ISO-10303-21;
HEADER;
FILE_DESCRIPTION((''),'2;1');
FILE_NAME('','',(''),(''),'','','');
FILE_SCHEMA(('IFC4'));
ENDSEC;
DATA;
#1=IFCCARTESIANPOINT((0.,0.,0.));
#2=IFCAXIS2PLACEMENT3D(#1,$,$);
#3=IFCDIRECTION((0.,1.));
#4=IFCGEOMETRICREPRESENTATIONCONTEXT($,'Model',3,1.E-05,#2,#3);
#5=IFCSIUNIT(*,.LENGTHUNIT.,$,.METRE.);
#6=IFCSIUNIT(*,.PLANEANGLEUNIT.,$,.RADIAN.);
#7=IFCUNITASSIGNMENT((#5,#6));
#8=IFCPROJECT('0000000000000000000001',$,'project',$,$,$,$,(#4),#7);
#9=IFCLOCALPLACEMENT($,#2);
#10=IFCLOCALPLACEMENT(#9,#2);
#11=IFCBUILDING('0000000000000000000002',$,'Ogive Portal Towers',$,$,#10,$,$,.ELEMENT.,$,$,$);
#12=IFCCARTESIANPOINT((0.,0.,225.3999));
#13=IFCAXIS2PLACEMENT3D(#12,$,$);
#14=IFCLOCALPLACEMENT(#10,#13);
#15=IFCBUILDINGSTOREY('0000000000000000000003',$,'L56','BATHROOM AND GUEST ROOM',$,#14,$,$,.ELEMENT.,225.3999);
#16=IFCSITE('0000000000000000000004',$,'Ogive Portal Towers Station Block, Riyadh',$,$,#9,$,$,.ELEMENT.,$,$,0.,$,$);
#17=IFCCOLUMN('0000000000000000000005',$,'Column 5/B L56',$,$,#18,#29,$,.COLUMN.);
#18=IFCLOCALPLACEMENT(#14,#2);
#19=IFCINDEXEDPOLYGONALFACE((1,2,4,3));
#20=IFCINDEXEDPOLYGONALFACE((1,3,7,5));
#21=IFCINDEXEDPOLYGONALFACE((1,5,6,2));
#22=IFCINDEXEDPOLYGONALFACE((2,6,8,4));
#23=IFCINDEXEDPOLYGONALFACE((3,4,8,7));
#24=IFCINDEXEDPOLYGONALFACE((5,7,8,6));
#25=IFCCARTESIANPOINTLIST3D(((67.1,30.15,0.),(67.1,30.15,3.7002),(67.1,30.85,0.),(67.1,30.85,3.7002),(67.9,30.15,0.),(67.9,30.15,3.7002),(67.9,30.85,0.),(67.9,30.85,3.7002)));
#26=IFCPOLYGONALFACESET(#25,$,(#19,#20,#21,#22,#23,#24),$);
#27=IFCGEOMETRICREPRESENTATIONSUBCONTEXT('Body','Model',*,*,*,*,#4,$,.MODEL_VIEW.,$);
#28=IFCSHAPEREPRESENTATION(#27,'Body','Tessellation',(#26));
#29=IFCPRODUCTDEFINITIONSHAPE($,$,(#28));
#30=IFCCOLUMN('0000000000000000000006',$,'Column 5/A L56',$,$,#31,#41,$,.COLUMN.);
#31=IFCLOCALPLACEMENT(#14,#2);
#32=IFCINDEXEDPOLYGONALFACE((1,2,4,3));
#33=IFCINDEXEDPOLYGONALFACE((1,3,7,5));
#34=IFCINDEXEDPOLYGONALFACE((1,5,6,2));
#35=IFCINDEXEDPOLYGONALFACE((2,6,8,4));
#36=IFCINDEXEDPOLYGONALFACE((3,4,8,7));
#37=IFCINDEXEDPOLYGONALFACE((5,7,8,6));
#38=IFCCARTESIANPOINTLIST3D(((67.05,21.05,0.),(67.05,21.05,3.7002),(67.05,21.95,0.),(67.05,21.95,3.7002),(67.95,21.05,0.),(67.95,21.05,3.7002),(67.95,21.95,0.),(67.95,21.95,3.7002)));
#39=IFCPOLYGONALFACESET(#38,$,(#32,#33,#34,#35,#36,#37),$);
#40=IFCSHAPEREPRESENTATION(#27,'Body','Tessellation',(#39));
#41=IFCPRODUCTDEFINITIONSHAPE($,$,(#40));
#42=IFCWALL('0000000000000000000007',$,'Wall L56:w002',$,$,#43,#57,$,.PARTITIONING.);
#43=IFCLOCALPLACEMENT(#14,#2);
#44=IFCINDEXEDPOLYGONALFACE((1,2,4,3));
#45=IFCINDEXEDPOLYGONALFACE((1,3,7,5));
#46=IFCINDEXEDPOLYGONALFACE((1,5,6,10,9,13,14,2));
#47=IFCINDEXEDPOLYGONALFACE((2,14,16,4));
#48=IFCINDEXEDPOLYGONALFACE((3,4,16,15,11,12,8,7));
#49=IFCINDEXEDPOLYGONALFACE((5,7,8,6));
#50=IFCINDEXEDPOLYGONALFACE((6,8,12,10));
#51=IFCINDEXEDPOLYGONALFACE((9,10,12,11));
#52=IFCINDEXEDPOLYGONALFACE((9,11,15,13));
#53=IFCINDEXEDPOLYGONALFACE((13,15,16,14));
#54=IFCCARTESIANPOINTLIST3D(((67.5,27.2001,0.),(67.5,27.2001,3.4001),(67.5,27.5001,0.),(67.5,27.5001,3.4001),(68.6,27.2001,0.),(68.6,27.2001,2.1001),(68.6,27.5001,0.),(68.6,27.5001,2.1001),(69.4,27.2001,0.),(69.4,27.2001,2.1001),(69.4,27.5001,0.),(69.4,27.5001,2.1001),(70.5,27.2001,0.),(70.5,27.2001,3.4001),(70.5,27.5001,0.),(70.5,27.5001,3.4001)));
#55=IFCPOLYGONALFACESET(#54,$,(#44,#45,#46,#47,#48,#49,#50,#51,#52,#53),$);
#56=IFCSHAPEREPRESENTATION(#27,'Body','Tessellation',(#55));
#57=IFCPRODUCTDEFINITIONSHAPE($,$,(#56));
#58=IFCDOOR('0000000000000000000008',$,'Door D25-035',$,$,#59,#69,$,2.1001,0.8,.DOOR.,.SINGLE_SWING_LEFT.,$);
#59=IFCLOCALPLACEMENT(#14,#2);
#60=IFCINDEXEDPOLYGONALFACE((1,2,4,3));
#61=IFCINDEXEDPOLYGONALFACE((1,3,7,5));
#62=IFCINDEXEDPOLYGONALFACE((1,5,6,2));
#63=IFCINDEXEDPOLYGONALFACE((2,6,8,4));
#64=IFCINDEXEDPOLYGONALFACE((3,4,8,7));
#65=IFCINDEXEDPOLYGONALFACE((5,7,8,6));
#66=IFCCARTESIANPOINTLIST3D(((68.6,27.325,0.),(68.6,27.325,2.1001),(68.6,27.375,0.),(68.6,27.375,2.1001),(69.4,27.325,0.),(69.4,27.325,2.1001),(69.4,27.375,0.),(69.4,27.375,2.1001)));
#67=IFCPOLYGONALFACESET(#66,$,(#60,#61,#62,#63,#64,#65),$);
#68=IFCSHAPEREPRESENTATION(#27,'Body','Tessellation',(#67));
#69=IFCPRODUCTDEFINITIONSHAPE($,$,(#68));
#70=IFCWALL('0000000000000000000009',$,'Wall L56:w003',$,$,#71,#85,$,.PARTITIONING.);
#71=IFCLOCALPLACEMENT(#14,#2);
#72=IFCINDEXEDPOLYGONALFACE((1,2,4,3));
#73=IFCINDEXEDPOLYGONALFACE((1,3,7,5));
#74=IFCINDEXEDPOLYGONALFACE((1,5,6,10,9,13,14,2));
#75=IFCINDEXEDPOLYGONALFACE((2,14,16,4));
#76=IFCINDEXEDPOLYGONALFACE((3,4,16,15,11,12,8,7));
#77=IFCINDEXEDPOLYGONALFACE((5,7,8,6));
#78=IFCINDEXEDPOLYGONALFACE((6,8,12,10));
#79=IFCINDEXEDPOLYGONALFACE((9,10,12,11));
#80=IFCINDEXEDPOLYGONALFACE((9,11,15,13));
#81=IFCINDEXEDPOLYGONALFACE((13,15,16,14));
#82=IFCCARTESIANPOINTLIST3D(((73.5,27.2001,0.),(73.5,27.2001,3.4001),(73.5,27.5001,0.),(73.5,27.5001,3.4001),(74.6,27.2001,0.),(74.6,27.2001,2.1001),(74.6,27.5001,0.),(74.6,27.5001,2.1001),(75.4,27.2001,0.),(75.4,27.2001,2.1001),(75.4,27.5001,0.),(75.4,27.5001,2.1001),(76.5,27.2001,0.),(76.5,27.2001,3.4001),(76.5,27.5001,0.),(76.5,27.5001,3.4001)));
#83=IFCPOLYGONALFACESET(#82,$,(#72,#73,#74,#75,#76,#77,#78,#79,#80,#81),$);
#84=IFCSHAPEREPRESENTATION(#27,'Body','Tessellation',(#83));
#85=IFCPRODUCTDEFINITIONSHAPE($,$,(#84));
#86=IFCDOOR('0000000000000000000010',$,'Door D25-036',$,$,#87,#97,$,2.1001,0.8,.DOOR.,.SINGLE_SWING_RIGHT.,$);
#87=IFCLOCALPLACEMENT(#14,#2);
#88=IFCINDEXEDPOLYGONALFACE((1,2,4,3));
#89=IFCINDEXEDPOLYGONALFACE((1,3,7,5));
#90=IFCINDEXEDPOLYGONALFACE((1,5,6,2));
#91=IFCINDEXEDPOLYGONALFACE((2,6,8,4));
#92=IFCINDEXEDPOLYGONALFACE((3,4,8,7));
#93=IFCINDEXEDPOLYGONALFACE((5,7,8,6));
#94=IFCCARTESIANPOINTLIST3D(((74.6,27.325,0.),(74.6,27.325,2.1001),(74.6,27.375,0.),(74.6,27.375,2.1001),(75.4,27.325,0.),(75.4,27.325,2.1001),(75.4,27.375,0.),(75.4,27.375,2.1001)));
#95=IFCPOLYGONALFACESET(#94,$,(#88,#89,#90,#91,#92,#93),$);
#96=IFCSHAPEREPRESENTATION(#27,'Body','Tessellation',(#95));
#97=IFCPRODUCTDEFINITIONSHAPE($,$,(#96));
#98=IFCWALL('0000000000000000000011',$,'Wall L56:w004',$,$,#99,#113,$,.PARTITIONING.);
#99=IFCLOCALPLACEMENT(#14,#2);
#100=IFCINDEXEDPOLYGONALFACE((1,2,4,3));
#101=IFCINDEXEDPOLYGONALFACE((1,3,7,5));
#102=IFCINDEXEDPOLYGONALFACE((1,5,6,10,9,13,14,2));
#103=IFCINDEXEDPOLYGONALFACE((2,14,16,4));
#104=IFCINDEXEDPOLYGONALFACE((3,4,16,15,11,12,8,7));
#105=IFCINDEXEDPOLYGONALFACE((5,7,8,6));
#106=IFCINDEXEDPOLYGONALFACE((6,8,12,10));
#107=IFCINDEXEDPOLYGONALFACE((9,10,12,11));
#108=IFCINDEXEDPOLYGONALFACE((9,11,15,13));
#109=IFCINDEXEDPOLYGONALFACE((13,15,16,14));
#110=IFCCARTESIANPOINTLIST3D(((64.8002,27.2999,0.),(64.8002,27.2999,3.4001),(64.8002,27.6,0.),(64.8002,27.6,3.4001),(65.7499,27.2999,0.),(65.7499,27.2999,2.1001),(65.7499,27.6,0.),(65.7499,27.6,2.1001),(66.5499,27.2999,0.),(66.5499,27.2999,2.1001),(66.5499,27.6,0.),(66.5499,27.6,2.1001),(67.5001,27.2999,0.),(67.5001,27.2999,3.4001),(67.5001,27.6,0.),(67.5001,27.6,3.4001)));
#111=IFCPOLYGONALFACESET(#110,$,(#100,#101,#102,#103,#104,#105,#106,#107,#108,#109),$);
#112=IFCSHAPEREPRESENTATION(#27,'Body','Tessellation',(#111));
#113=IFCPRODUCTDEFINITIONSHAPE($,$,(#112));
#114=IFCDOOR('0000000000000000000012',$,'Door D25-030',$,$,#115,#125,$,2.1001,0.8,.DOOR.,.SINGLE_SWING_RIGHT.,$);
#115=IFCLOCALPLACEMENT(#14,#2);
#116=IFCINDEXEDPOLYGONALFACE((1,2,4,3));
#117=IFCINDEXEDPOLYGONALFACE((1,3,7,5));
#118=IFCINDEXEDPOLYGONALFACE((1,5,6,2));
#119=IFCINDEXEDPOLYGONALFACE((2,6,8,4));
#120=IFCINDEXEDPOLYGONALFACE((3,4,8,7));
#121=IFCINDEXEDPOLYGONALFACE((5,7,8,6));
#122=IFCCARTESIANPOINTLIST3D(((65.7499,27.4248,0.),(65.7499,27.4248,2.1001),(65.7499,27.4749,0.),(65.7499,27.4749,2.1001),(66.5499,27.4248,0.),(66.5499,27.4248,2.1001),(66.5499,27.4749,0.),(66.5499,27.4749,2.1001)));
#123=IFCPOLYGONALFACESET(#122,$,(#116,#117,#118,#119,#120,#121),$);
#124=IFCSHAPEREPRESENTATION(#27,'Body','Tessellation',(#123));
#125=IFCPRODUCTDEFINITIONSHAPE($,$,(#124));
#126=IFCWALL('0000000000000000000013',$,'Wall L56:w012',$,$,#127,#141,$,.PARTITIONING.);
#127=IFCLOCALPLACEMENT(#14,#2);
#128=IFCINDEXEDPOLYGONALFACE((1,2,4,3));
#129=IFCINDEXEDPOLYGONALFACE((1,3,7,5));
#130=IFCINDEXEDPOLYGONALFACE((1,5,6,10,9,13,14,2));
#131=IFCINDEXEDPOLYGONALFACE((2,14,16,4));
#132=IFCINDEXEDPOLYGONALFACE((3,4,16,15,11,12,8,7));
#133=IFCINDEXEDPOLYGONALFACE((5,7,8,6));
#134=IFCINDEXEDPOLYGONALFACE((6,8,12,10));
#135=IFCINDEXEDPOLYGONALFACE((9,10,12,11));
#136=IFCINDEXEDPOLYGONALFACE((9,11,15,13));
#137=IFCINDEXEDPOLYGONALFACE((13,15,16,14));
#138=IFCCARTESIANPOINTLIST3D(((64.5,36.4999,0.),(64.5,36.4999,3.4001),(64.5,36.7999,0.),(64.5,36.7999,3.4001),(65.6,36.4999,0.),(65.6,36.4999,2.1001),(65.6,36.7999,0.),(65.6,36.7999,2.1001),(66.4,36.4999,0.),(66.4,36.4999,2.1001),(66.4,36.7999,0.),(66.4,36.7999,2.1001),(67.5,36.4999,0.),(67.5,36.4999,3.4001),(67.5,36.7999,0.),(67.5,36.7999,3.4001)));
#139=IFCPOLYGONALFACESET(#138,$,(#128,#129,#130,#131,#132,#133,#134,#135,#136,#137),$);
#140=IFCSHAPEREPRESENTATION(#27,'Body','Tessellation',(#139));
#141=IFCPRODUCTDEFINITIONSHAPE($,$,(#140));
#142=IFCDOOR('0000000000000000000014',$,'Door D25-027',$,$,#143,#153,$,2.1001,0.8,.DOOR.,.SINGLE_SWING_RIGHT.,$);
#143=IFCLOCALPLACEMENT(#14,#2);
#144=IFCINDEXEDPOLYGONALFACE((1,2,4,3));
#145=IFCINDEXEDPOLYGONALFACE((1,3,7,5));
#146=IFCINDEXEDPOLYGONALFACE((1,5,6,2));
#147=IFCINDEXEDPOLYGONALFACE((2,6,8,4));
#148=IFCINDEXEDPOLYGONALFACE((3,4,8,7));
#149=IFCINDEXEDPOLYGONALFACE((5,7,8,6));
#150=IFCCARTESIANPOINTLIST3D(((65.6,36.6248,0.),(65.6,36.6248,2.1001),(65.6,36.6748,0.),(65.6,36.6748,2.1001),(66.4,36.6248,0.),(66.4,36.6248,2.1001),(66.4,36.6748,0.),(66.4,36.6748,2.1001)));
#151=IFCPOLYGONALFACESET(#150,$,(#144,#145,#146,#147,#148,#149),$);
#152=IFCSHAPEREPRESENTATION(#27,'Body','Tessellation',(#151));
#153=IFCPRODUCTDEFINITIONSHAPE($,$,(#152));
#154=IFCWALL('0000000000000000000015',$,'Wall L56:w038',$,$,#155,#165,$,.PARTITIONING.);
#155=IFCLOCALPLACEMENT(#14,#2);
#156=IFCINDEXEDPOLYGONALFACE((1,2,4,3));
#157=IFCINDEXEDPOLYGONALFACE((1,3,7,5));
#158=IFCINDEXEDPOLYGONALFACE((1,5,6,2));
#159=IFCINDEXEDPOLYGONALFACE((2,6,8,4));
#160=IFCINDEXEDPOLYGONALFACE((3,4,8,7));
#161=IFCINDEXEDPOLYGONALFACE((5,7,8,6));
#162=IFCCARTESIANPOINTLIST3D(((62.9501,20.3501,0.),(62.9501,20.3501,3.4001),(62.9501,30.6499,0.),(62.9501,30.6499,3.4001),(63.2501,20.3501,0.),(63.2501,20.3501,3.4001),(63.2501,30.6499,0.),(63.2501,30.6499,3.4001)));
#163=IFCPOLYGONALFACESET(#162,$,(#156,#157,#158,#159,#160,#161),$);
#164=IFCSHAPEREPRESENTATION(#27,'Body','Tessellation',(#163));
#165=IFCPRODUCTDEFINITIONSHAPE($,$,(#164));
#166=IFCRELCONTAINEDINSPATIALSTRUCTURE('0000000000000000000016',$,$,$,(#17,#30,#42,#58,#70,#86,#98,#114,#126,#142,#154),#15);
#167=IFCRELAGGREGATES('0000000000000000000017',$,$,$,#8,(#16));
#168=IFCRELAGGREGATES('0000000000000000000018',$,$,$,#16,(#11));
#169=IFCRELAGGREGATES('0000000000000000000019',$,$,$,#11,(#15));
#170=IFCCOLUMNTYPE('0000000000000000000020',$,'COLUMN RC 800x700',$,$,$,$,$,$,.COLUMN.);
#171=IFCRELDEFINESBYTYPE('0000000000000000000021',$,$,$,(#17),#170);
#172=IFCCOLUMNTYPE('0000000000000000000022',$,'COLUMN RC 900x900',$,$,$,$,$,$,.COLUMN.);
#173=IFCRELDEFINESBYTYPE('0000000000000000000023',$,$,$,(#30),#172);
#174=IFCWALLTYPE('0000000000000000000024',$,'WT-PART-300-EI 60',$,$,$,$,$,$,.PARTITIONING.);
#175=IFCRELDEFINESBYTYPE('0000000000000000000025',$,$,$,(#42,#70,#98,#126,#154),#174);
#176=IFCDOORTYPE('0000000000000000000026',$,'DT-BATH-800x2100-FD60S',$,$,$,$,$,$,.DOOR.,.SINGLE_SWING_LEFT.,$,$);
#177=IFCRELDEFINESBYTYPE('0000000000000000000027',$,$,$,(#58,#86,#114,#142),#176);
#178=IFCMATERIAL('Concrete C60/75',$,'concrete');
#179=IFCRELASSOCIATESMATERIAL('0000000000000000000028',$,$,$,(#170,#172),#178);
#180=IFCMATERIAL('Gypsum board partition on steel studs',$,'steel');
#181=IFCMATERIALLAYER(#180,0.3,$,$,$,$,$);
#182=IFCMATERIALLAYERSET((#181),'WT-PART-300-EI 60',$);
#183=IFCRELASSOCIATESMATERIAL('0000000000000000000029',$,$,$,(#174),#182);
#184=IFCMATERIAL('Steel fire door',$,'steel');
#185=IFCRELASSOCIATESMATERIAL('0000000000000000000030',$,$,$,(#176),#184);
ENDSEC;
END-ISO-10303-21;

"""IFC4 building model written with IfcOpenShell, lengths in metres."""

from ifc_helpers import new_model, si_unit, direction, frame, frame_2d, origin, origin_2d, place, context, subcontext, project, spatial, rectangle, extrude, material, layer, layer_set, material_profile, profile_set, type_object, element, fill, save


model = new_model("IFC4")

# Units and contexts
model_context = context("Model", 3, precision=1e-05, world=origin(), true_north=direction((0.0, 1.0)))
body_context = subcontext(model_context, "Body", "Model", "MODEL_VIEW")
ifc_project = project(units=[si_unit("LENGTHUNIT", "METRE"), si_unit("PLANEANGLEUNIT", "RADIAN")], contexts=[model_context])

# Site, building, storey
site_placement = place(None, origin())
site = spatial("IfcSite", under=ifc_project, at=site_placement, Name="Ogive Portal Towers Station Block, Riyadh", CompositionType="ELEMENT", RefElevation=0.0)
building_placement = place(site_placement, origin())
building = spatial("IfcBuilding", under=site, at=building_placement, Name="Ogive Portal Towers", CompositionType="ELEMENT")
storey_placement = place(building_placement, frame((0.0, 0.0, 225.3999)))
storey = spatial("IfcBuildingStorey", under=building, at=storey_placement, Name="L56", Description="BATHROOM AND GUEST ROOM", CompositionType="ELEMENT", Elevation=225.3999)

# Columns
ifc_material_1 = material(Name="Concrete C60/75", Category="concrete")
ifc_material_profile_1 = material_profile(ifc_material_1, rectangle(XDim=0.8, YDim=0.7, at=origin_2d()), Name="RC 800x700")
ifc_profile_set_1 = profile_set([ifc_material_profile_1], Name="Concrete C60/75")
column_type_1 = type_object("IfcColumnType", Name="COLUMN RC 800x700", PredefinedType="COLUMN", material=ifc_profile_set_1)
column_1_placement = place(storey_placement, frame((67.5, 30.5, 0.0), z_axis=(0.0, 0.0, 1.0), x_axis=(1.0, 0.0, 0.0)))
element("IfcColumn", 1, at=column_1_placement, inside=storey, type_object=column_type_1, Name="Column 5/B L56", PredefinedType="COLUMN", context=body_context, shape_type="SweptSolid", body=[
    extrude(rectangle(XDim=0.8, YDim=0.7, at=origin_2d()), origin(), (0.0, 0.0, 1.0), 3.7002),
])
ifc_material_profile_2 = material_profile(ifc_material_1, rectangle(XDim=0.8999, YDim=0.8999, at=origin_2d()), Name="RC 900x900")
ifc_profile_set_2 = profile_set([ifc_material_profile_2], Name="Concrete C60/75")
column_type_2 = type_object("IfcColumnType", Name="COLUMN RC 900x900", PredefinedType="COLUMN", material=ifc_profile_set_2)
column_2_placement = place(storey_placement, frame((67.5, 21.5, 0.0), z_axis=(0.0, 0.0, 1.0), x_axis=(1.0, 0.0, 0.0)))
element("IfcColumn", 2, at=column_2_placement, inside=storey, type_object=column_type_2, Name="Column 5/A L56", PredefinedType="COLUMN", context=body_context, shape_type="SweptSolid", body=[
    extrude(rectangle(XDim=0.8999, YDim=0.8999, at=origin_2d()), origin(), (0.0, 0.0, 1.0), 3.7002),
])

# Walls, openings, doors
ifc_material_2 = material(Name="Gypsum board partition on steel studs", Category="steel")
ifc_layer_1 = layer(ifc_material_2, 0.3)
ifc_layer_set_1 = layer_set([ifc_layer_1], Name="WT-PART-300-EI 60")
wall_type = type_object("IfcWallType", Name="WT-PART-300-EI 60", PredefinedType="PARTITIONING", material=ifc_layer_set_1)
wall_1_placement = place(storey_placement, frame((67.5, 27.3501, 0.0), z_axis=(0.0, 0.0, 1.0), x_axis=(1.0, 0.0, 0.0)))
wall_1 = element("IfcWall", 3, at=wall_1_placement, inside=storey, type_object=wall_type, Name="Wall L56:w002", PredefinedType="PARTITIONING", context=body_context, shape_type="SweptSolid", body=[
    extrude(rectangle(XDim=3.0, YDim=0.3, at=frame_2d((1.5, 0.0))), origin(), (0.0, 0.0, 1.0), 3.4001),
])
opening_1_placement = place(wall_1_placement, frame((1.1001, 0.0, 0.0)))
opening_1 = element("IfcOpeningElement", 4, at=opening_1_placement, cuts=wall_1, PredefinedType="OPENING", context=body_context, shape_type="SweptSolid", body=[
    extrude(rectangle(XDim=0.8, YDim=2.1001, at=frame_2d((0.3999, 1.05))), frame((0.0, 0.1602, 0.0), z_axis=(0.0, -1.0, 0.0), x_axis=(1.0, 0.0, 0.0)), (0.0, 0.0, 1.0), 0.3201),
])
ifc_material_3 = material(Name="Steel fire door", Category="steel")
door_type = type_object("IfcDoorType", Name="DT-BATH-800x2100-FD60S", OperationType="SINGLE_SWING_LEFT", PredefinedType="DOOR", material=ifc_material_3)
door_1_placement = place(opening_1_placement, origin())
door_1 = element("IfcDoor", 5, at=door_1_placement, inside=storey, type_object=door_type, Name="Door D25-035", OperationType="SINGLE_SWING_LEFT", OverallHeight=2.1001, OverallWidth=0.8, PredefinedType="DOOR", context=body_context, shape_type="SweptSolid", body=[
    extrude(rectangle(XDim=0.8, YDim=2.1001, at=frame_2d((0.3999, 1.05))), frame((0.0, 0.0249, 0.0), z_axis=(0.0, -1.0, 0.0), x_axis=(1.0, 0.0, 0.0)), (0.0, 0.0, 1.0), 0.05),
])
fill(opening_1, door_1)
wall_2_placement = place(storey_placement, frame((73.5, 27.3501, 0.0), z_axis=(0.0, 0.0, 1.0), x_axis=(1.0, 0.0, 0.0)))
wall_2 = element("IfcWall", 6, at=wall_2_placement, inside=storey, type_object=wall_type, Name="Wall L56:w003", PredefinedType="PARTITIONING", context=body_context, shape_type="SweptSolid", body=[
    extrude(rectangle(XDim=3.0, YDim=0.3, at=frame_2d((1.5, 0.0))), origin(), (0.0, 0.0, 1.0), 3.4001),
])
opening_2_placement = place(wall_2_placement, frame((1.1001, 0.0, 0.0)))
opening_2 = element("IfcOpeningElement", 7, at=opening_2_placement, cuts=wall_2, PredefinedType="OPENING", context=body_context, shape_type="SweptSolid", body=[
    extrude(rectangle(XDim=0.8, YDim=2.1001, at=frame_2d((0.3999, 1.05))), frame((0.0, 0.1602, 0.0), z_axis=(0.0, -1.0, 0.0), x_axis=(1.0, 0.0, 0.0)), (0.0, 0.0, 1.0), 0.3201),
])
door_2_placement = place(opening_2_placement, origin())
door_2 = element("IfcDoor", 8, at=door_2_placement, inside=storey, type_object=door_type, Name="Door D25-036", OperationType="SINGLE_SWING_RIGHT", OverallHeight=2.1001, OverallWidth=0.8, PredefinedType="DOOR", context=body_context, shape_type="SweptSolid", body=[
    extrude(rectangle(XDim=0.8, YDim=2.1001, at=frame_2d((0.3999, 1.05))), frame((0.0, 0.0249, 0.0), z_axis=(0.0, -1.0, 0.0), x_axis=(1.0, 0.0, 0.0)), (0.0, 0.0, 1.0), 0.05),
])
fill(opening_2, door_2)
wall_3_placement = place(storey_placement, frame((64.8, 27.45, 0.0), z_axis=(0.0, 0.0, 1.0), x_axis=(1.0, 0.0, 0.0)))
wall_3 = element("IfcWall", 9, at=wall_3_placement, inside=storey, type_object=wall_type, Name="Wall L56:w004", PredefinedType="PARTITIONING", context=body_context, shape_type="SweptSolid", body=[
    extrude(rectangle(XDim=2.7, YDim=0.3, at=frame_2d((1.3501, 0.0))), origin(), (0.0, 0.0, 1.0), 3.4001),
])
opening_3_placement = place(wall_3_placement, frame((0.95, 0.0, 0.0)))
opening_3 = element("IfcOpeningElement", 10, at=opening_3_placement, cuts=wall_3, PredefinedType="OPENING", context=body_context, shape_type="SweptSolid", body=[
    extrude(rectangle(XDim=0.8, YDim=2.1001, at=frame_2d((0.3999, 1.05))), frame((0.0, 0.1602, 0.0), z_axis=(0.0, -1.0, 0.0), x_axis=(1.0, 0.0, 0.0)), (0.0, 0.0, 1.0), 0.3201),
])
door_3_placement = place(opening_3_placement, origin())
door_3 = element("IfcDoor", 11, at=door_3_placement, inside=storey, type_object=door_type, Name="Door D25-030", OperationType="SINGLE_SWING_RIGHT", OverallHeight=2.1001, OverallWidth=0.8, PredefinedType="DOOR", context=body_context, shape_type="SweptSolid", body=[
    extrude(rectangle(XDim=0.8, YDim=2.1001, at=frame_2d((0.3999, 1.05))), frame((0.0, 0.0249, 0.0), z_axis=(0.0, -1.0, 0.0), x_axis=(1.0, 0.0, 0.0)), (0.0, 0.0, 1.0), 0.05),
])
fill(opening_3, door_3)
wall_4_placement = place(storey_placement, frame((64.5, 36.6499, 0.0), z_axis=(0.0, 0.0, 1.0), x_axis=(1.0, 0.0, 0.0)))
wall_4 = element("IfcWall", 12, at=wall_4_placement, inside=storey, type_object=wall_type, Name="Wall L56:w012", PredefinedType="PARTITIONING", context=body_context, shape_type="SweptSolid", body=[
    extrude(rectangle(XDim=3.0, YDim=0.3, at=frame_2d((1.5, 0.0))), origin(), (0.0, 0.0, 1.0), 3.4001),
])
opening_4_placement = place(wall_4_placement, frame((1.1001, 0.0, 0.0)))
opening_4 = element("IfcOpeningElement", 13, at=opening_4_placement, cuts=wall_4, PredefinedType="OPENING", context=body_context, shape_type="SweptSolid", body=[
    extrude(rectangle(XDim=0.8, YDim=2.1001, at=frame_2d((0.3999, 1.05))), frame((0.0, 0.1602, 0.0), z_axis=(0.0, -1.0, 0.0), x_axis=(1.0, 0.0, 0.0)), (0.0, 0.0, 1.0), 0.3201),
])
door_4_placement = place(opening_4_placement, origin())
door_4 = element("IfcDoor", 14, at=door_4_placement, inside=storey, type_object=door_type, Name="Door D25-027", OperationType="SINGLE_SWING_RIGHT", OverallHeight=2.1001, OverallWidth=0.8, PredefinedType="DOOR", context=body_context, shape_type="SweptSolid", body=[
    extrude(rectangle(XDim=0.8, YDim=2.1001, at=frame_2d((0.3999, 1.05))), frame((0.0, 0.0249, 0.0), z_axis=(0.0, -1.0, 0.0), x_axis=(1.0, 0.0, 0.0)), (0.0, 0.0, 1.0), 0.05),
])
fill(opening_4, door_4)

# Wall
wall_5_placement = place(storey_placement, frame((63.1001, 20.3501, 0.0), z_axis=(0.0, 0.0, 1.0), x_axis=(0.0, 1.0, 0.0)))
element("IfcWall", 15, at=wall_5_placement, inside=storey, type_object=wall_type, Name="Wall L56:w038", PredefinedType="PARTITIONING", context=body_context, shape_type="SweptSolid", body=[
    extrude(rectangle(XDim=10.2998, YDim=0.3, at=frame_2d((5.1499, 0.0))), origin(), (0.0, 0.0, 1.0), 3.4001),
])

save(model, "model.ifc")
